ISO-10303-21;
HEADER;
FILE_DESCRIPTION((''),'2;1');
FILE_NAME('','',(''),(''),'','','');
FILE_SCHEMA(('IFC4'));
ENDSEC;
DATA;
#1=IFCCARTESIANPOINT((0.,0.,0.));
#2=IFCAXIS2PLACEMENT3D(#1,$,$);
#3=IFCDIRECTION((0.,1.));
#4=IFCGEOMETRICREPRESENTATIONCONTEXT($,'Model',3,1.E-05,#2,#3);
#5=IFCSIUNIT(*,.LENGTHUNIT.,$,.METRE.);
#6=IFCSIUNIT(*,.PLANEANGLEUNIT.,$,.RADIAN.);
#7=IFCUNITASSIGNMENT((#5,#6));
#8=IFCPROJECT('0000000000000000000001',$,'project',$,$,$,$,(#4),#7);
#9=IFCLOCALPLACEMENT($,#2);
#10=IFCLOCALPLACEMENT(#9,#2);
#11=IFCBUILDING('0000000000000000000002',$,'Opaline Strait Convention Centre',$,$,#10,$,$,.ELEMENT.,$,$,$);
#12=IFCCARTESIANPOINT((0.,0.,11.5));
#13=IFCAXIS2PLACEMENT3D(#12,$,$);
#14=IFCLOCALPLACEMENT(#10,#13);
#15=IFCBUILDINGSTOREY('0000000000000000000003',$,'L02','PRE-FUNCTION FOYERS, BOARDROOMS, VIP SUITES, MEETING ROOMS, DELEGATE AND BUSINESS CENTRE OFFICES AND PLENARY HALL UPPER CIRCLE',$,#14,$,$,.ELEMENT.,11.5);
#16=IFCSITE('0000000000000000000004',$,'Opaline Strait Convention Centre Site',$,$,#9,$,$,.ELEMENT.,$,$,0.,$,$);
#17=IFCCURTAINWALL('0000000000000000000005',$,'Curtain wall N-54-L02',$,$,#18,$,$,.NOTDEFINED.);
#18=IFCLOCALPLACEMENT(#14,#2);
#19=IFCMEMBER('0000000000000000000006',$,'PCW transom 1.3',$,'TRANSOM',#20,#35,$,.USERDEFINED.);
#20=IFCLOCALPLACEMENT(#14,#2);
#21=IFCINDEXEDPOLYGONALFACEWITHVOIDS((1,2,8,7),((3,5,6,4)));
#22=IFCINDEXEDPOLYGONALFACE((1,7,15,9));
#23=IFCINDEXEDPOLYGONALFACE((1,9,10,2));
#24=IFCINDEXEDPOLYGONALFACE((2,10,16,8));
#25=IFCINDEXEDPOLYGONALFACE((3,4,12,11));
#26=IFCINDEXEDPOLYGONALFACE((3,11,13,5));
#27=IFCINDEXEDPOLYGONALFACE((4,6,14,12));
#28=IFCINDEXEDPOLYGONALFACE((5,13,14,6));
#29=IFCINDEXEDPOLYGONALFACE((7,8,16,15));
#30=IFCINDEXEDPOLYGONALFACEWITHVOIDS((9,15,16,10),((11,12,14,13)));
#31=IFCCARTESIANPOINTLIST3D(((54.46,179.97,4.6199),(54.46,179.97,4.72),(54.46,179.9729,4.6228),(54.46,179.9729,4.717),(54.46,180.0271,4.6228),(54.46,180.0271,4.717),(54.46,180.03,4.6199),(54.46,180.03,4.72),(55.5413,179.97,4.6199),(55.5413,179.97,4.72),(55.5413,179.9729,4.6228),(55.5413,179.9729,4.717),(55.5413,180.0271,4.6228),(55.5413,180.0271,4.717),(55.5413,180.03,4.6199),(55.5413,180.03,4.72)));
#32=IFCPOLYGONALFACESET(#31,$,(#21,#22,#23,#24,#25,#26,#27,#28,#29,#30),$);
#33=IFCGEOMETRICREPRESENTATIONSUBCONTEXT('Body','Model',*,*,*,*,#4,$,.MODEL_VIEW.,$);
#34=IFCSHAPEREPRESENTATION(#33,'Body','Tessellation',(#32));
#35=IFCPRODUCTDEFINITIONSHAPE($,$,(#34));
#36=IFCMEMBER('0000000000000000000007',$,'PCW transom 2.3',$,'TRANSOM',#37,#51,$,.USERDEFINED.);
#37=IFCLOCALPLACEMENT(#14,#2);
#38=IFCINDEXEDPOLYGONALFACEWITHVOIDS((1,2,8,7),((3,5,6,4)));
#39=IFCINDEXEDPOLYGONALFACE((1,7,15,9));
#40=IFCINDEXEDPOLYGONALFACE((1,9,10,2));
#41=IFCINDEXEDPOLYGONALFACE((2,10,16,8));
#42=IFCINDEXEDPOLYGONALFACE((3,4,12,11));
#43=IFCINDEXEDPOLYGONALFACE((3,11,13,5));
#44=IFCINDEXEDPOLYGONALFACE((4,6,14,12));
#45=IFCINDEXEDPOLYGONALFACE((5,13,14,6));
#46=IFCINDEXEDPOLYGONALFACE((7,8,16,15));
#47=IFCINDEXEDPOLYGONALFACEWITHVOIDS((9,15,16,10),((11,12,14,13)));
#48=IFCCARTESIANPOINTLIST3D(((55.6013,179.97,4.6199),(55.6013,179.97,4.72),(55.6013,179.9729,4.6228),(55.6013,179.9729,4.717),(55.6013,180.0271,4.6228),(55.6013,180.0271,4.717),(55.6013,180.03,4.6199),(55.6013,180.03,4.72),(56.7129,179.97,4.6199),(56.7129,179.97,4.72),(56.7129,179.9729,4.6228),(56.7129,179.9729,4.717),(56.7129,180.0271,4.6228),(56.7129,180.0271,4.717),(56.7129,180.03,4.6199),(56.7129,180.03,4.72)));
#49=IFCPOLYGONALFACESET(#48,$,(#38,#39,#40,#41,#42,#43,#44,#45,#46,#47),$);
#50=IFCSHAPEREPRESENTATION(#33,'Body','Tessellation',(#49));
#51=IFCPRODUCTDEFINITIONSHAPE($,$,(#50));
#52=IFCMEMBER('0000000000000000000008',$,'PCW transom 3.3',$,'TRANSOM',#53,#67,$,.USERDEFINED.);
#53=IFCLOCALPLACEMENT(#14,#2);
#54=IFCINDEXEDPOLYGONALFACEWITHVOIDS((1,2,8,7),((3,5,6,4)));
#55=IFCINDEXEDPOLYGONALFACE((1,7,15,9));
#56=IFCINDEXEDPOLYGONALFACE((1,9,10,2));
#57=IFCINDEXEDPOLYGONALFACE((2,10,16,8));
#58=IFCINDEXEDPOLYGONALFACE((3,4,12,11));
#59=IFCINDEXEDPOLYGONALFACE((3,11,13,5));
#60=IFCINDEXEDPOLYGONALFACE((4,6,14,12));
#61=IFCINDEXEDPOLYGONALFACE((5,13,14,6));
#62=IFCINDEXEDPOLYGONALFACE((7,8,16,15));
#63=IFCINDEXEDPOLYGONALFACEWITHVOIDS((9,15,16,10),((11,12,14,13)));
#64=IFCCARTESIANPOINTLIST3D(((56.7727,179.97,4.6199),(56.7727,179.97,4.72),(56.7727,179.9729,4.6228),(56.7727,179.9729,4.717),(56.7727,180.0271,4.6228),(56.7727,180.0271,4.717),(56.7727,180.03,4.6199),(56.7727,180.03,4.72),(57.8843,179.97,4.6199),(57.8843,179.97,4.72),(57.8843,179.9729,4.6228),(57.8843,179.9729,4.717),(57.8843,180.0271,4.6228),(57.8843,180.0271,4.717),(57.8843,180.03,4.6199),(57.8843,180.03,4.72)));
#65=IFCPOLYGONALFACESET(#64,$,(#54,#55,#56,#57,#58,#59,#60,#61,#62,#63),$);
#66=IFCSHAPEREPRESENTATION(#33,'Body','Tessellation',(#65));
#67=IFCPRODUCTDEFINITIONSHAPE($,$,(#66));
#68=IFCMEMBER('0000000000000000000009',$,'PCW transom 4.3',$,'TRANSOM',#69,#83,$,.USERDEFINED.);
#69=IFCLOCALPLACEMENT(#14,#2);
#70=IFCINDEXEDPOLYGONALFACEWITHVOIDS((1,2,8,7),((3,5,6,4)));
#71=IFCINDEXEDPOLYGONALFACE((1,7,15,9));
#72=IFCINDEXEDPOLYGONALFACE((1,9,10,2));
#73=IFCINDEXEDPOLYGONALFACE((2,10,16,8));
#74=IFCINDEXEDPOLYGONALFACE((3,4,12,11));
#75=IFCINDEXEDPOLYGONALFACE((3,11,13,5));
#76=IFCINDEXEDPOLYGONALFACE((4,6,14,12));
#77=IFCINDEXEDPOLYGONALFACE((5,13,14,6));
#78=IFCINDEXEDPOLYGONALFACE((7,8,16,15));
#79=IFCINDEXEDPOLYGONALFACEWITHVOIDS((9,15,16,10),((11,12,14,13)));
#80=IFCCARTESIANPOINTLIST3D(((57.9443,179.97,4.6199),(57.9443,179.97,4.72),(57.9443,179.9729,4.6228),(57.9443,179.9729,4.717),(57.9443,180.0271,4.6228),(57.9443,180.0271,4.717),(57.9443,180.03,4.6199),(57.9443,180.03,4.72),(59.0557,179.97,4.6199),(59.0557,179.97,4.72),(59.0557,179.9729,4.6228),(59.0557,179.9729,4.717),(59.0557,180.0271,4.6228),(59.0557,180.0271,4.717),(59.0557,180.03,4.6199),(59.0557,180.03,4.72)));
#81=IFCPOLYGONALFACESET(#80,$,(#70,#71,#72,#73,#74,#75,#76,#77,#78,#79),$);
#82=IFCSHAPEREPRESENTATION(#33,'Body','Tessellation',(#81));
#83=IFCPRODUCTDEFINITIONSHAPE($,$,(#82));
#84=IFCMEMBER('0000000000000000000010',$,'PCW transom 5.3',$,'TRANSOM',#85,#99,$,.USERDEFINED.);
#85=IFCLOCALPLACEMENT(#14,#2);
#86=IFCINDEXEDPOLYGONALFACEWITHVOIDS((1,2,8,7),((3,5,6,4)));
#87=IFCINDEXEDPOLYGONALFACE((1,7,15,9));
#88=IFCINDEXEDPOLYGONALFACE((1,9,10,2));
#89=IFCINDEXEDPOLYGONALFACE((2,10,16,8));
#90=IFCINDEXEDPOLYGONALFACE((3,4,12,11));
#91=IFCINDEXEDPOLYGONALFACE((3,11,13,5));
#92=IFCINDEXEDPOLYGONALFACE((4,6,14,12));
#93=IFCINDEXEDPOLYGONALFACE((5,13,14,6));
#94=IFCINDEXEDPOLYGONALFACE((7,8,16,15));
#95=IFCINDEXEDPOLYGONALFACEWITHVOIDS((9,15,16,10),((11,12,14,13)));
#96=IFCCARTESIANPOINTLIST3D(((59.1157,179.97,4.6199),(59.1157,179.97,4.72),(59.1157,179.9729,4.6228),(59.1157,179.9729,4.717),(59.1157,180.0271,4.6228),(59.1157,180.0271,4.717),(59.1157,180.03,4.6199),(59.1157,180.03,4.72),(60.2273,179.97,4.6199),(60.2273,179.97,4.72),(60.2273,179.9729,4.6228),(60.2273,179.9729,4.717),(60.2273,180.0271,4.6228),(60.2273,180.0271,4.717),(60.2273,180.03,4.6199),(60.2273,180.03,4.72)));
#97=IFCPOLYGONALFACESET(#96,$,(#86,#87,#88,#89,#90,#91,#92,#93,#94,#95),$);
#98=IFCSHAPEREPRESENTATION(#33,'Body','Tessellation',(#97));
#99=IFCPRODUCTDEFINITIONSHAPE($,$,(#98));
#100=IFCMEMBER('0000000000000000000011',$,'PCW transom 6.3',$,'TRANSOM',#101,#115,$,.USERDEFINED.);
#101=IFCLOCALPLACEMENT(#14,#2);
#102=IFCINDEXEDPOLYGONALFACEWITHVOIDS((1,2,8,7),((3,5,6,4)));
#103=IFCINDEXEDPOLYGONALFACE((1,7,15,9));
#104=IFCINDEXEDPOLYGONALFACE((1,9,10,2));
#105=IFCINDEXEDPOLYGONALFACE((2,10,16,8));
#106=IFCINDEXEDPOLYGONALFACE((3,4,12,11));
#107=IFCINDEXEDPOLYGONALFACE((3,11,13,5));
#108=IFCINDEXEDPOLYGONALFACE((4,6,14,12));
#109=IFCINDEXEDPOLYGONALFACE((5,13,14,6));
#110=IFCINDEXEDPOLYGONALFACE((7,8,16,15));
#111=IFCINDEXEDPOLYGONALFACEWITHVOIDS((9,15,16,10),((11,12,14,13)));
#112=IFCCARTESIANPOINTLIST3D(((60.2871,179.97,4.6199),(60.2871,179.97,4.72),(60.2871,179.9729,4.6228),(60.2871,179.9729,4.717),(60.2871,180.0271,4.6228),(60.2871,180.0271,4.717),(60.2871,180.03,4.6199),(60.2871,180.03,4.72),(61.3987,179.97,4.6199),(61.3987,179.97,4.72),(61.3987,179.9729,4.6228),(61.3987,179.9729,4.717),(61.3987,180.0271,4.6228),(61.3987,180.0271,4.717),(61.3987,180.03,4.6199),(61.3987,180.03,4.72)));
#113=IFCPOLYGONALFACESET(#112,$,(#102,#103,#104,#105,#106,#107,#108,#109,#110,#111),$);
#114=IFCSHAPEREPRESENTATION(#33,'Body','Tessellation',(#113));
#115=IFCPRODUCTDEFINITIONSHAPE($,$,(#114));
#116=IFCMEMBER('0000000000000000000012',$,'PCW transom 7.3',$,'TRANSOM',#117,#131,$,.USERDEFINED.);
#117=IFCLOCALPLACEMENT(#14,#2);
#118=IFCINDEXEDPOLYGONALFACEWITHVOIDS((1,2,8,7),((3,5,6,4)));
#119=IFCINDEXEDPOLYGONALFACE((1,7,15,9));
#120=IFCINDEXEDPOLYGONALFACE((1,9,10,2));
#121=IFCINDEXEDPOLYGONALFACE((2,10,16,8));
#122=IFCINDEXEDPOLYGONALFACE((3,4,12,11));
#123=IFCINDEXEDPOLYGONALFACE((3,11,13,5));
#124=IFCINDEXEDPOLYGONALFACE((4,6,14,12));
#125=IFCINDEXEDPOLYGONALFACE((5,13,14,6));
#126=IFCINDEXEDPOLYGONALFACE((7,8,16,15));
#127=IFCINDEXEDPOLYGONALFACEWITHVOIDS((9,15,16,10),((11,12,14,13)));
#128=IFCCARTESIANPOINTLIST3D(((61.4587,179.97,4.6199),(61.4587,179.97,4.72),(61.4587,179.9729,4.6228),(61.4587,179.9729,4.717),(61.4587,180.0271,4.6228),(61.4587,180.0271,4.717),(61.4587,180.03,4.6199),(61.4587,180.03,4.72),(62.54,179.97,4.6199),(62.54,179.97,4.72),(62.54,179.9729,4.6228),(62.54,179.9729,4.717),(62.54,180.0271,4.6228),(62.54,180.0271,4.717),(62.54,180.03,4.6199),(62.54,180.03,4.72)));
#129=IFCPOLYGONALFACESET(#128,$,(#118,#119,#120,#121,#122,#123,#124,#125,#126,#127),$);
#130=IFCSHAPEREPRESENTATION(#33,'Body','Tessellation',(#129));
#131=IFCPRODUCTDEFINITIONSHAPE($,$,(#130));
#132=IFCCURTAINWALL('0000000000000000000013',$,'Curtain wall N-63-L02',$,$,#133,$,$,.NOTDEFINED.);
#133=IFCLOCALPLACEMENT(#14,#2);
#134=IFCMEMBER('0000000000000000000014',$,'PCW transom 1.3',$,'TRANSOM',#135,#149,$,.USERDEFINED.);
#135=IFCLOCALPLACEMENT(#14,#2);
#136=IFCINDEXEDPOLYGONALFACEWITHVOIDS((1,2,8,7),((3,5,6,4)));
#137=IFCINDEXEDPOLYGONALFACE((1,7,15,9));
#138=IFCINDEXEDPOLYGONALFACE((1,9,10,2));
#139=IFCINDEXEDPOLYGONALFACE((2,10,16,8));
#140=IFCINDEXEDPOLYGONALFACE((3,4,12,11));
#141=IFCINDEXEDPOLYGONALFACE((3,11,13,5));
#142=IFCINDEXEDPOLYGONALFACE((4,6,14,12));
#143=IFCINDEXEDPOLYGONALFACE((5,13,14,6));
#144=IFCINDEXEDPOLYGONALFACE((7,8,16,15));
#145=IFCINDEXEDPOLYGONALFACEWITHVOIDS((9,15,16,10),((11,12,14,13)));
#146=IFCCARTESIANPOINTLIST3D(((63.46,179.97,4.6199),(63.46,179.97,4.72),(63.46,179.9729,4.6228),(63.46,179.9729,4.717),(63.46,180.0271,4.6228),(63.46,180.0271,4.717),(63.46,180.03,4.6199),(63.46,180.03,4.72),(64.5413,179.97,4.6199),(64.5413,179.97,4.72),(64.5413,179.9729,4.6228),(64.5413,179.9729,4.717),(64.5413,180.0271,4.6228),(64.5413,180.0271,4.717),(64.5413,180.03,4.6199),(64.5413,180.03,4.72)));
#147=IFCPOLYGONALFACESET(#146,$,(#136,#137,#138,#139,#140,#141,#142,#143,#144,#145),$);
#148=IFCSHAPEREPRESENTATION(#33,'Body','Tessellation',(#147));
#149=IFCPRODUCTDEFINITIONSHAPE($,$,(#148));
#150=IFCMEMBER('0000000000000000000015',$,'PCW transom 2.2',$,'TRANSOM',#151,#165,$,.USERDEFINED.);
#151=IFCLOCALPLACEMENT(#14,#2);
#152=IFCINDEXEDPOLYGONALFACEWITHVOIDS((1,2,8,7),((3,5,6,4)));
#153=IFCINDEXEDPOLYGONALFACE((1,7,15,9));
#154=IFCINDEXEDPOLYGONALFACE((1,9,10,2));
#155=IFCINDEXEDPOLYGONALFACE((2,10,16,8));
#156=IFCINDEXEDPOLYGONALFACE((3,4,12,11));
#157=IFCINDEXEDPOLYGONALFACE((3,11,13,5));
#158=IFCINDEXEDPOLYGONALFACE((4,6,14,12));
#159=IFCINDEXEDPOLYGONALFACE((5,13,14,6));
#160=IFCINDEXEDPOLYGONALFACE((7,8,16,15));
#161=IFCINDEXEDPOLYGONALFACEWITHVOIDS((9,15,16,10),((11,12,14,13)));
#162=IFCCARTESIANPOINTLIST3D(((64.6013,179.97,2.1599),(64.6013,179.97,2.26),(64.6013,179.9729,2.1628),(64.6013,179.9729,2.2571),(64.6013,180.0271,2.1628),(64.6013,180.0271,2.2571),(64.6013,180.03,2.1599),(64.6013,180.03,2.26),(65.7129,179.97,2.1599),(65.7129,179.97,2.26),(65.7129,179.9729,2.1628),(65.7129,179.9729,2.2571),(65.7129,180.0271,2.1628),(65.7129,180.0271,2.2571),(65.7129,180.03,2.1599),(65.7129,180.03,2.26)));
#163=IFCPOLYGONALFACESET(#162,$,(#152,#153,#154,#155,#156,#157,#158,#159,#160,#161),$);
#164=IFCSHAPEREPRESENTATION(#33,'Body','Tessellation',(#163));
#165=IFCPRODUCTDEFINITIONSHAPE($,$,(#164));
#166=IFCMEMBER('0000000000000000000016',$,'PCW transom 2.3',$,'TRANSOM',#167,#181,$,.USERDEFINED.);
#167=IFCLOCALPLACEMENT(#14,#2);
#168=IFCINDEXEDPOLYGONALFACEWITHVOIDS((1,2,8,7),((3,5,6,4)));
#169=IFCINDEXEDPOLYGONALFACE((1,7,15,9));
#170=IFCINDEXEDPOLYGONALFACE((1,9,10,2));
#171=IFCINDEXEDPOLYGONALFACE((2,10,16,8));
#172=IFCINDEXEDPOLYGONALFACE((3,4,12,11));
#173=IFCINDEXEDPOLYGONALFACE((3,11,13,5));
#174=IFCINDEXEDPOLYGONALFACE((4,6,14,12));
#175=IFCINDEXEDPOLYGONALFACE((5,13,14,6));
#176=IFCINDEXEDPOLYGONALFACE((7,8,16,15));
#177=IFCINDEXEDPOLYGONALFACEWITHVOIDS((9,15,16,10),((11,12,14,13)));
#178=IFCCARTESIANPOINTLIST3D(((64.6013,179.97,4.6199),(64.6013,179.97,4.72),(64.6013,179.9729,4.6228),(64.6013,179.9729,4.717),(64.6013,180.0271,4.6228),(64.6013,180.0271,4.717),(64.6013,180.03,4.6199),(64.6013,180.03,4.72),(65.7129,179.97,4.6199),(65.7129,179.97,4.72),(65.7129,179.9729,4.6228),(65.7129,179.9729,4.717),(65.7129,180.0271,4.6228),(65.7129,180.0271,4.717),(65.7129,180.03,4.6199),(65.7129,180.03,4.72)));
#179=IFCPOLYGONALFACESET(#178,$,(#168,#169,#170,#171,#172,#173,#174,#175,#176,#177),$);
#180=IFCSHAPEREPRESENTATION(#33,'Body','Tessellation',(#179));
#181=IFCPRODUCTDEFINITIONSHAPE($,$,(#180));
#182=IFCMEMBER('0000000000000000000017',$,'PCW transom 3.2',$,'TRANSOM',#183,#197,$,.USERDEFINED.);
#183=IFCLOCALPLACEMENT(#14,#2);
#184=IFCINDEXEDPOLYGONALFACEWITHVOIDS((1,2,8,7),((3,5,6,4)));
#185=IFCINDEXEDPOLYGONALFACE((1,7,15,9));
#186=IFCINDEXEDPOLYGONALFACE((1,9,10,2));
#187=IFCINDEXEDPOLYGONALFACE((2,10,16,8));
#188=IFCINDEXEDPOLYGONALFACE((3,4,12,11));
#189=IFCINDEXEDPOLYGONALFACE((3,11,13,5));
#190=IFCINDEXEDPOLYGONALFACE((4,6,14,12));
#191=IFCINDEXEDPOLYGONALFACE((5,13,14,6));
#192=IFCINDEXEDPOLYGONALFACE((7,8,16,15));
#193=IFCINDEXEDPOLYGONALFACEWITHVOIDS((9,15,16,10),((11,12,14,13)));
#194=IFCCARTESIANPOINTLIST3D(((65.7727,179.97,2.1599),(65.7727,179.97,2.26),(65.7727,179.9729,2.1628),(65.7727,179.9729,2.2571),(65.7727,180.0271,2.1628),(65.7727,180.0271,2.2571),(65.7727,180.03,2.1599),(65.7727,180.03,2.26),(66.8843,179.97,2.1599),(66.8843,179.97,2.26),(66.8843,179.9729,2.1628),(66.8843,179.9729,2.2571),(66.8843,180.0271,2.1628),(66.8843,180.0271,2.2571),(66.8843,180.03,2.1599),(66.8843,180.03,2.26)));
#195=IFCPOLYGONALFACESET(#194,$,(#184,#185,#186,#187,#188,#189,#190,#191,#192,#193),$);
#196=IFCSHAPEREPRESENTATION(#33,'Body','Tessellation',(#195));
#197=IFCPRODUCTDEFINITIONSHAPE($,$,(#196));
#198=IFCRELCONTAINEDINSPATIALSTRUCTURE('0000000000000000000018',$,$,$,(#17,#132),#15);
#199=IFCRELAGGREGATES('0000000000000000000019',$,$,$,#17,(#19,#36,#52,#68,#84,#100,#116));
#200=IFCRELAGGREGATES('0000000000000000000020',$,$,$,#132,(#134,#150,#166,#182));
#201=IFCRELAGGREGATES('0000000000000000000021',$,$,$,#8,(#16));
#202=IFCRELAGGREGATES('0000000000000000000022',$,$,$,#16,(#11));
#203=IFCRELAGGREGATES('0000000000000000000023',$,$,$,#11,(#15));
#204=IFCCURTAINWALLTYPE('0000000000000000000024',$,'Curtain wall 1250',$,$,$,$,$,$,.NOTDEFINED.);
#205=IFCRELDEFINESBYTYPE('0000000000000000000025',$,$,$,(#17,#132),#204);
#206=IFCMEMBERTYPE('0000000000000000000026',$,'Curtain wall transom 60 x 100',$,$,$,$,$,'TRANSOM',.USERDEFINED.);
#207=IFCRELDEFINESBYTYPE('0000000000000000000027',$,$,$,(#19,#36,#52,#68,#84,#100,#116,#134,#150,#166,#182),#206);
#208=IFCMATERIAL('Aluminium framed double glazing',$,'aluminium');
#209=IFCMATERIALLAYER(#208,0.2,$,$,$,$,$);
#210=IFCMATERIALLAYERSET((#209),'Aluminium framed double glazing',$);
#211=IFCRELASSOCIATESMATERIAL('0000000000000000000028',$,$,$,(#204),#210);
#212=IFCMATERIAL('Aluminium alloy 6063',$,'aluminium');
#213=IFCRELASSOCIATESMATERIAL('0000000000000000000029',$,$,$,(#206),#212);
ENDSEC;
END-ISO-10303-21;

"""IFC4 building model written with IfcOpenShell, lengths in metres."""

from ifc_helpers import new_model, si_unit, direction, frame, origin, origin_2d, place, context, subcontext, project, spatial, hollow_rectangle, extrude, material, layer, layer_set, material_profile, profile_set, type_object, element, aggregate, save


model = new_model("IFC4")

# Units and contexts
model_context = context("Model", 3, precision=1e-05, world=origin(), true_north=direction((0.0, 1.0)))
body_context = subcontext(model_context, "Body", "Model", "MODEL_VIEW")
ifc_project = project(units=[si_unit("LENGTHUNIT", "METRE"), si_unit("PLANEANGLEUNIT", "RADIAN")], contexts=[model_context])

# Site, building, storey
site_placement = place(None, origin())
site = spatial("IfcSite", under=ifc_project, at=site_placement, Name="Opaline Strait Convention Centre Site", CompositionType="ELEMENT", RefElevation=0.0)
building_placement = place(site_placement, origin())
building = spatial("IfcBuilding", under=site, at=building_placement, Name="Opaline Strait Convention Centre", CompositionType="ELEMENT")
storey_placement = place(building_placement, frame((0.0, 0.0, 11.5)))
storey = spatial("IfcBuildingStorey", under=building, at=storey_placement, Name="L02", Description="PRE-FUNCTION FOYERS, BOARDROOMS, VIP SUITES, MEETING ROOMS, DELEGATE AND BUSINESS CENTRE OFFICES AND PLENARY HALL UPPER CIRCLE", CompositionType="ELEMENT", Elevation=11.5)

# Curtain walls, members
ifc_material_1 = material(Name="Aluminium framed double glazing", Category="aluminium")
ifc_layer_1 = layer(ifc_material_1, 0.2)
ifc_layer_set_1 = layer_set([ifc_layer_1], Name="Aluminium framed double glazing")
curtain_wall_type = type_object("IfcCurtainWallType", Name="Curtain wall 1250", PredefinedType="NOTDEFINED", material=ifc_layer_set_1)
curtain_wall_1_placement = place(storey_placement, origin())
curtain_wall_1 = element("IfcCurtainWall", 1, at=curtain_wall_1_placement, inside=storey, type_object=curtain_wall_type, Name="Curtain wall N-54-L02", PredefinedType="NOTDEFINED")
ifc_material_2 = material(Name="Aluminium alloy 6063", Category="aluminium")
ifc_material_profile = material_profile(ifc_material_2, hollow_rectangle(XDim=0.0601, YDim=0.1001, WallThickness=0.0029, at=origin_2d()), Name="TRANSOM 60x100x3")
ifc_profile_set = profile_set([ifc_material_profile], Name="Aluminium alloy 6063")
member_type = type_object("IfcMemberType", Name="Curtain wall transom 60 x 100", ElementType="TRANSOM", PredefinedType="USERDEFINED", material=ifc_profile_set)
member_1_placement = place(storey_placement, frame((54.46, 180.0, 4.6699), z_axis=(1.0, 0.0, 0.0), x_axis=(0.0, 1.0, 0.0)))
member_1 = element("IfcMember", 2, at=member_1_placement, type_object=member_type, Name="PCW transom 1.3", ObjectType="TRANSOM", PredefinedType="USERDEFINED", context=body_context, shape_type="SweptSolid", body=[
    extrude(hollow_rectangle(XDim=0.0601, YDim=0.1001, WallThickness=0.0029, at=origin_2d()), origin(), (0.0, 0.0, 1.0), 1.0813),
])
member_2_placement = place(storey_placement, frame((55.6013, 180.0, 4.6699), z_axis=(1.0, 0.0, 0.0), x_axis=(0.0, 1.0, 0.0)))
member_2 = element("IfcMember", 3, at=member_2_placement, type_object=member_type, Name="PCW transom 2.3", ObjectType="TRANSOM", PredefinedType="USERDEFINED", context=body_context, shape_type="SweptSolid", body=[
    extrude(hollow_rectangle(XDim=0.0601, YDim=0.1001, WallThickness=0.0029, at=origin_2d()), origin(), (0.0, 0.0, 1.0), 1.1116),
])
member_3_placement = place(storey_placement, frame((56.7727, 180.0, 4.6699), z_axis=(1.0, 0.0, 0.0), x_axis=(0.0, 1.0, 0.0)))
member_3 = element("IfcMember", 4, at=member_3_placement, type_object=member_type, Name="PCW transom 3.3", ObjectType="TRANSOM", PredefinedType="USERDEFINED", context=body_context, shape_type="SweptSolid", body=[
    extrude(hollow_rectangle(XDim=0.0601, YDim=0.1001, WallThickness=0.0029, at=origin_2d()), origin(), (0.0, 0.0, 1.0), 1.1116),
])
member_4_placement = place(storey_placement, frame((57.9443, 180.0, 4.6699), z_axis=(1.0, 0.0, 0.0), x_axis=(0.0, 1.0, 0.0)))
member_4 = element("IfcMember", 5, at=member_4_placement, type_object=member_type, Name="PCW transom 4.3", ObjectType="TRANSOM", PredefinedType="USERDEFINED", context=body_context, shape_type="SweptSolid", body=[
    extrude(hollow_rectangle(XDim=0.0601, YDim=0.1001, WallThickness=0.0029, at=origin_2d()), origin(), (0.0, 0.0, 1.0), 1.1113),
])
member_5_placement = place(storey_placement, frame((59.1157, 180.0, 4.6699), z_axis=(1.0, 0.0, 0.0), x_axis=(0.0, 1.0, 0.0)))
member_5 = element("IfcMember", 6, at=member_5_placement, type_object=member_type, Name="PCW transom 5.3", ObjectType="TRANSOM", PredefinedType="USERDEFINED", context=body_context, shape_type="SweptSolid", body=[
    extrude(hollow_rectangle(XDim=0.0601, YDim=0.1001, WallThickness=0.0029, at=origin_2d()), origin(), (0.0, 0.0, 1.0), 1.1116),
])
member_6_placement = place(storey_placement, frame((60.2871, 180.0, 4.6699), z_axis=(1.0, 0.0, 0.0), x_axis=(0.0, 1.0, 0.0)))
member_6 = element("IfcMember", 7, at=member_6_placement, type_object=member_type, Name="PCW transom 6.3", ObjectType="TRANSOM", PredefinedType="USERDEFINED", context=body_context, shape_type="SweptSolid", body=[
    extrude(hollow_rectangle(XDim=0.0601, YDim=0.1001, WallThickness=0.0029, at=origin_2d()), origin(), (0.0, 0.0, 1.0), 1.1116),
])
member_7_placement = place(storey_placement, frame((61.4587, 180.0, 4.6699), z_axis=(1.0, 0.0, 0.0), x_axis=(0.0, 1.0, 0.0)))
member_7 = element("IfcMember", 8, at=member_7_placement, type_object=member_type, Name="PCW transom 7.3", ObjectType="TRANSOM", PredefinedType="USERDEFINED", context=body_context, shape_type="SweptSolid", body=[
    extrude(hollow_rectangle(XDim=0.0601, YDim=0.1001, WallThickness=0.0029, at=origin_2d()), origin(), (0.0, 0.0, 1.0), 1.0813),
])
curtain_wall_2_placement = place(storey_placement, origin())
curtain_wall_2 = element("IfcCurtainWall", 9, at=curtain_wall_2_placement, inside=storey, type_object=curtain_wall_type, Name="Curtain wall N-63-L02", PredefinedType="NOTDEFINED")
member_8_placement = place(storey_placement, frame((63.46, 180.0, 4.6699), z_axis=(1.0, 0.0, 0.0), x_axis=(0.0, 1.0, 0.0)))
member_8 = element("IfcMember", 10, at=member_8_placement, type_object=member_type, Name="PCW transom 1.3", ObjectType="TRANSOM", PredefinedType="USERDEFINED", context=body_context, shape_type="SweptSolid", body=[
    extrude(hollow_rectangle(XDim=0.0601, YDim=0.1001, WallThickness=0.0029, at=origin_2d()), origin(), (0.0, 0.0, 1.0), 1.0813),
])
member_9_placement = place(storey_placement, frame((64.6013, 180.0, 2.21), z_axis=(1.0, 0.0, 0.0), x_axis=(0.0, 1.0, 0.0)))
member_9 = element("IfcMember", 11, at=member_9_placement, type_object=member_type, Name="PCW transom 2.2", ObjectType="TRANSOM", PredefinedType="USERDEFINED", context=body_context, shape_type="SweptSolid", body=[
    extrude(hollow_rectangle(XDim=0.0601, YDim=0.1001, WallThickness=0.0029, at=origin_2d()), origin(), (0.0, 0.0, 1.0), 1.1116),
])
member_10_placement = place(storey_placement, frame((64.6013, 180.0, 4.6699), z_axis=(1.0, 0.0, 0.0), x_axis=(0.0, 1.0, 0.0)))
member_10 = element("IfcMember", 12, at=member_10_placement, type_object=member_type, Name="PCW transom 2.3", ObjectType="TRANSOM", PredefinedType="USERDEFINED", context=body_context, shape_type="SweptSolid", body=[
    extrude(hollow_rectangle(XDim=0.0601, YDim=0.1001, WallThickness=0.0029, at=origin_2d()), origin(), (0.0, 0.0, 1.0), 1.1116),
])
member_11_placement = place(storey_placement, frame((65.7727, 180.0, 2.21), z_axis=(1.0, 0.0, 0.0), x_axis=(0.0, 1.0, 0.0)))
member_11 = element("IfcMember", 13, at=member_11_placement, type_object=member_type, Name="PCW transom 3.2", ObjectType="TRANSOM", PredefinedType="USERDEFINED", context=body_context, shape_type="SweptSolid", body=[
    extrude(hollow_rectangle(XDim=0.0601, YDim=0.1001, WallThickness=0.0029, at=origin_2d()), origin(), (0.0, 0.0, 1.0), 1.1116),
])

aggregate(curtain_wall_1, [member_1, member_2, member_3, member_4, member_5, member_6, member_7])
aggregate(curtain_wall_2, [member_8, member_9, member_10, member_11])

save(model, "model.ifc")
